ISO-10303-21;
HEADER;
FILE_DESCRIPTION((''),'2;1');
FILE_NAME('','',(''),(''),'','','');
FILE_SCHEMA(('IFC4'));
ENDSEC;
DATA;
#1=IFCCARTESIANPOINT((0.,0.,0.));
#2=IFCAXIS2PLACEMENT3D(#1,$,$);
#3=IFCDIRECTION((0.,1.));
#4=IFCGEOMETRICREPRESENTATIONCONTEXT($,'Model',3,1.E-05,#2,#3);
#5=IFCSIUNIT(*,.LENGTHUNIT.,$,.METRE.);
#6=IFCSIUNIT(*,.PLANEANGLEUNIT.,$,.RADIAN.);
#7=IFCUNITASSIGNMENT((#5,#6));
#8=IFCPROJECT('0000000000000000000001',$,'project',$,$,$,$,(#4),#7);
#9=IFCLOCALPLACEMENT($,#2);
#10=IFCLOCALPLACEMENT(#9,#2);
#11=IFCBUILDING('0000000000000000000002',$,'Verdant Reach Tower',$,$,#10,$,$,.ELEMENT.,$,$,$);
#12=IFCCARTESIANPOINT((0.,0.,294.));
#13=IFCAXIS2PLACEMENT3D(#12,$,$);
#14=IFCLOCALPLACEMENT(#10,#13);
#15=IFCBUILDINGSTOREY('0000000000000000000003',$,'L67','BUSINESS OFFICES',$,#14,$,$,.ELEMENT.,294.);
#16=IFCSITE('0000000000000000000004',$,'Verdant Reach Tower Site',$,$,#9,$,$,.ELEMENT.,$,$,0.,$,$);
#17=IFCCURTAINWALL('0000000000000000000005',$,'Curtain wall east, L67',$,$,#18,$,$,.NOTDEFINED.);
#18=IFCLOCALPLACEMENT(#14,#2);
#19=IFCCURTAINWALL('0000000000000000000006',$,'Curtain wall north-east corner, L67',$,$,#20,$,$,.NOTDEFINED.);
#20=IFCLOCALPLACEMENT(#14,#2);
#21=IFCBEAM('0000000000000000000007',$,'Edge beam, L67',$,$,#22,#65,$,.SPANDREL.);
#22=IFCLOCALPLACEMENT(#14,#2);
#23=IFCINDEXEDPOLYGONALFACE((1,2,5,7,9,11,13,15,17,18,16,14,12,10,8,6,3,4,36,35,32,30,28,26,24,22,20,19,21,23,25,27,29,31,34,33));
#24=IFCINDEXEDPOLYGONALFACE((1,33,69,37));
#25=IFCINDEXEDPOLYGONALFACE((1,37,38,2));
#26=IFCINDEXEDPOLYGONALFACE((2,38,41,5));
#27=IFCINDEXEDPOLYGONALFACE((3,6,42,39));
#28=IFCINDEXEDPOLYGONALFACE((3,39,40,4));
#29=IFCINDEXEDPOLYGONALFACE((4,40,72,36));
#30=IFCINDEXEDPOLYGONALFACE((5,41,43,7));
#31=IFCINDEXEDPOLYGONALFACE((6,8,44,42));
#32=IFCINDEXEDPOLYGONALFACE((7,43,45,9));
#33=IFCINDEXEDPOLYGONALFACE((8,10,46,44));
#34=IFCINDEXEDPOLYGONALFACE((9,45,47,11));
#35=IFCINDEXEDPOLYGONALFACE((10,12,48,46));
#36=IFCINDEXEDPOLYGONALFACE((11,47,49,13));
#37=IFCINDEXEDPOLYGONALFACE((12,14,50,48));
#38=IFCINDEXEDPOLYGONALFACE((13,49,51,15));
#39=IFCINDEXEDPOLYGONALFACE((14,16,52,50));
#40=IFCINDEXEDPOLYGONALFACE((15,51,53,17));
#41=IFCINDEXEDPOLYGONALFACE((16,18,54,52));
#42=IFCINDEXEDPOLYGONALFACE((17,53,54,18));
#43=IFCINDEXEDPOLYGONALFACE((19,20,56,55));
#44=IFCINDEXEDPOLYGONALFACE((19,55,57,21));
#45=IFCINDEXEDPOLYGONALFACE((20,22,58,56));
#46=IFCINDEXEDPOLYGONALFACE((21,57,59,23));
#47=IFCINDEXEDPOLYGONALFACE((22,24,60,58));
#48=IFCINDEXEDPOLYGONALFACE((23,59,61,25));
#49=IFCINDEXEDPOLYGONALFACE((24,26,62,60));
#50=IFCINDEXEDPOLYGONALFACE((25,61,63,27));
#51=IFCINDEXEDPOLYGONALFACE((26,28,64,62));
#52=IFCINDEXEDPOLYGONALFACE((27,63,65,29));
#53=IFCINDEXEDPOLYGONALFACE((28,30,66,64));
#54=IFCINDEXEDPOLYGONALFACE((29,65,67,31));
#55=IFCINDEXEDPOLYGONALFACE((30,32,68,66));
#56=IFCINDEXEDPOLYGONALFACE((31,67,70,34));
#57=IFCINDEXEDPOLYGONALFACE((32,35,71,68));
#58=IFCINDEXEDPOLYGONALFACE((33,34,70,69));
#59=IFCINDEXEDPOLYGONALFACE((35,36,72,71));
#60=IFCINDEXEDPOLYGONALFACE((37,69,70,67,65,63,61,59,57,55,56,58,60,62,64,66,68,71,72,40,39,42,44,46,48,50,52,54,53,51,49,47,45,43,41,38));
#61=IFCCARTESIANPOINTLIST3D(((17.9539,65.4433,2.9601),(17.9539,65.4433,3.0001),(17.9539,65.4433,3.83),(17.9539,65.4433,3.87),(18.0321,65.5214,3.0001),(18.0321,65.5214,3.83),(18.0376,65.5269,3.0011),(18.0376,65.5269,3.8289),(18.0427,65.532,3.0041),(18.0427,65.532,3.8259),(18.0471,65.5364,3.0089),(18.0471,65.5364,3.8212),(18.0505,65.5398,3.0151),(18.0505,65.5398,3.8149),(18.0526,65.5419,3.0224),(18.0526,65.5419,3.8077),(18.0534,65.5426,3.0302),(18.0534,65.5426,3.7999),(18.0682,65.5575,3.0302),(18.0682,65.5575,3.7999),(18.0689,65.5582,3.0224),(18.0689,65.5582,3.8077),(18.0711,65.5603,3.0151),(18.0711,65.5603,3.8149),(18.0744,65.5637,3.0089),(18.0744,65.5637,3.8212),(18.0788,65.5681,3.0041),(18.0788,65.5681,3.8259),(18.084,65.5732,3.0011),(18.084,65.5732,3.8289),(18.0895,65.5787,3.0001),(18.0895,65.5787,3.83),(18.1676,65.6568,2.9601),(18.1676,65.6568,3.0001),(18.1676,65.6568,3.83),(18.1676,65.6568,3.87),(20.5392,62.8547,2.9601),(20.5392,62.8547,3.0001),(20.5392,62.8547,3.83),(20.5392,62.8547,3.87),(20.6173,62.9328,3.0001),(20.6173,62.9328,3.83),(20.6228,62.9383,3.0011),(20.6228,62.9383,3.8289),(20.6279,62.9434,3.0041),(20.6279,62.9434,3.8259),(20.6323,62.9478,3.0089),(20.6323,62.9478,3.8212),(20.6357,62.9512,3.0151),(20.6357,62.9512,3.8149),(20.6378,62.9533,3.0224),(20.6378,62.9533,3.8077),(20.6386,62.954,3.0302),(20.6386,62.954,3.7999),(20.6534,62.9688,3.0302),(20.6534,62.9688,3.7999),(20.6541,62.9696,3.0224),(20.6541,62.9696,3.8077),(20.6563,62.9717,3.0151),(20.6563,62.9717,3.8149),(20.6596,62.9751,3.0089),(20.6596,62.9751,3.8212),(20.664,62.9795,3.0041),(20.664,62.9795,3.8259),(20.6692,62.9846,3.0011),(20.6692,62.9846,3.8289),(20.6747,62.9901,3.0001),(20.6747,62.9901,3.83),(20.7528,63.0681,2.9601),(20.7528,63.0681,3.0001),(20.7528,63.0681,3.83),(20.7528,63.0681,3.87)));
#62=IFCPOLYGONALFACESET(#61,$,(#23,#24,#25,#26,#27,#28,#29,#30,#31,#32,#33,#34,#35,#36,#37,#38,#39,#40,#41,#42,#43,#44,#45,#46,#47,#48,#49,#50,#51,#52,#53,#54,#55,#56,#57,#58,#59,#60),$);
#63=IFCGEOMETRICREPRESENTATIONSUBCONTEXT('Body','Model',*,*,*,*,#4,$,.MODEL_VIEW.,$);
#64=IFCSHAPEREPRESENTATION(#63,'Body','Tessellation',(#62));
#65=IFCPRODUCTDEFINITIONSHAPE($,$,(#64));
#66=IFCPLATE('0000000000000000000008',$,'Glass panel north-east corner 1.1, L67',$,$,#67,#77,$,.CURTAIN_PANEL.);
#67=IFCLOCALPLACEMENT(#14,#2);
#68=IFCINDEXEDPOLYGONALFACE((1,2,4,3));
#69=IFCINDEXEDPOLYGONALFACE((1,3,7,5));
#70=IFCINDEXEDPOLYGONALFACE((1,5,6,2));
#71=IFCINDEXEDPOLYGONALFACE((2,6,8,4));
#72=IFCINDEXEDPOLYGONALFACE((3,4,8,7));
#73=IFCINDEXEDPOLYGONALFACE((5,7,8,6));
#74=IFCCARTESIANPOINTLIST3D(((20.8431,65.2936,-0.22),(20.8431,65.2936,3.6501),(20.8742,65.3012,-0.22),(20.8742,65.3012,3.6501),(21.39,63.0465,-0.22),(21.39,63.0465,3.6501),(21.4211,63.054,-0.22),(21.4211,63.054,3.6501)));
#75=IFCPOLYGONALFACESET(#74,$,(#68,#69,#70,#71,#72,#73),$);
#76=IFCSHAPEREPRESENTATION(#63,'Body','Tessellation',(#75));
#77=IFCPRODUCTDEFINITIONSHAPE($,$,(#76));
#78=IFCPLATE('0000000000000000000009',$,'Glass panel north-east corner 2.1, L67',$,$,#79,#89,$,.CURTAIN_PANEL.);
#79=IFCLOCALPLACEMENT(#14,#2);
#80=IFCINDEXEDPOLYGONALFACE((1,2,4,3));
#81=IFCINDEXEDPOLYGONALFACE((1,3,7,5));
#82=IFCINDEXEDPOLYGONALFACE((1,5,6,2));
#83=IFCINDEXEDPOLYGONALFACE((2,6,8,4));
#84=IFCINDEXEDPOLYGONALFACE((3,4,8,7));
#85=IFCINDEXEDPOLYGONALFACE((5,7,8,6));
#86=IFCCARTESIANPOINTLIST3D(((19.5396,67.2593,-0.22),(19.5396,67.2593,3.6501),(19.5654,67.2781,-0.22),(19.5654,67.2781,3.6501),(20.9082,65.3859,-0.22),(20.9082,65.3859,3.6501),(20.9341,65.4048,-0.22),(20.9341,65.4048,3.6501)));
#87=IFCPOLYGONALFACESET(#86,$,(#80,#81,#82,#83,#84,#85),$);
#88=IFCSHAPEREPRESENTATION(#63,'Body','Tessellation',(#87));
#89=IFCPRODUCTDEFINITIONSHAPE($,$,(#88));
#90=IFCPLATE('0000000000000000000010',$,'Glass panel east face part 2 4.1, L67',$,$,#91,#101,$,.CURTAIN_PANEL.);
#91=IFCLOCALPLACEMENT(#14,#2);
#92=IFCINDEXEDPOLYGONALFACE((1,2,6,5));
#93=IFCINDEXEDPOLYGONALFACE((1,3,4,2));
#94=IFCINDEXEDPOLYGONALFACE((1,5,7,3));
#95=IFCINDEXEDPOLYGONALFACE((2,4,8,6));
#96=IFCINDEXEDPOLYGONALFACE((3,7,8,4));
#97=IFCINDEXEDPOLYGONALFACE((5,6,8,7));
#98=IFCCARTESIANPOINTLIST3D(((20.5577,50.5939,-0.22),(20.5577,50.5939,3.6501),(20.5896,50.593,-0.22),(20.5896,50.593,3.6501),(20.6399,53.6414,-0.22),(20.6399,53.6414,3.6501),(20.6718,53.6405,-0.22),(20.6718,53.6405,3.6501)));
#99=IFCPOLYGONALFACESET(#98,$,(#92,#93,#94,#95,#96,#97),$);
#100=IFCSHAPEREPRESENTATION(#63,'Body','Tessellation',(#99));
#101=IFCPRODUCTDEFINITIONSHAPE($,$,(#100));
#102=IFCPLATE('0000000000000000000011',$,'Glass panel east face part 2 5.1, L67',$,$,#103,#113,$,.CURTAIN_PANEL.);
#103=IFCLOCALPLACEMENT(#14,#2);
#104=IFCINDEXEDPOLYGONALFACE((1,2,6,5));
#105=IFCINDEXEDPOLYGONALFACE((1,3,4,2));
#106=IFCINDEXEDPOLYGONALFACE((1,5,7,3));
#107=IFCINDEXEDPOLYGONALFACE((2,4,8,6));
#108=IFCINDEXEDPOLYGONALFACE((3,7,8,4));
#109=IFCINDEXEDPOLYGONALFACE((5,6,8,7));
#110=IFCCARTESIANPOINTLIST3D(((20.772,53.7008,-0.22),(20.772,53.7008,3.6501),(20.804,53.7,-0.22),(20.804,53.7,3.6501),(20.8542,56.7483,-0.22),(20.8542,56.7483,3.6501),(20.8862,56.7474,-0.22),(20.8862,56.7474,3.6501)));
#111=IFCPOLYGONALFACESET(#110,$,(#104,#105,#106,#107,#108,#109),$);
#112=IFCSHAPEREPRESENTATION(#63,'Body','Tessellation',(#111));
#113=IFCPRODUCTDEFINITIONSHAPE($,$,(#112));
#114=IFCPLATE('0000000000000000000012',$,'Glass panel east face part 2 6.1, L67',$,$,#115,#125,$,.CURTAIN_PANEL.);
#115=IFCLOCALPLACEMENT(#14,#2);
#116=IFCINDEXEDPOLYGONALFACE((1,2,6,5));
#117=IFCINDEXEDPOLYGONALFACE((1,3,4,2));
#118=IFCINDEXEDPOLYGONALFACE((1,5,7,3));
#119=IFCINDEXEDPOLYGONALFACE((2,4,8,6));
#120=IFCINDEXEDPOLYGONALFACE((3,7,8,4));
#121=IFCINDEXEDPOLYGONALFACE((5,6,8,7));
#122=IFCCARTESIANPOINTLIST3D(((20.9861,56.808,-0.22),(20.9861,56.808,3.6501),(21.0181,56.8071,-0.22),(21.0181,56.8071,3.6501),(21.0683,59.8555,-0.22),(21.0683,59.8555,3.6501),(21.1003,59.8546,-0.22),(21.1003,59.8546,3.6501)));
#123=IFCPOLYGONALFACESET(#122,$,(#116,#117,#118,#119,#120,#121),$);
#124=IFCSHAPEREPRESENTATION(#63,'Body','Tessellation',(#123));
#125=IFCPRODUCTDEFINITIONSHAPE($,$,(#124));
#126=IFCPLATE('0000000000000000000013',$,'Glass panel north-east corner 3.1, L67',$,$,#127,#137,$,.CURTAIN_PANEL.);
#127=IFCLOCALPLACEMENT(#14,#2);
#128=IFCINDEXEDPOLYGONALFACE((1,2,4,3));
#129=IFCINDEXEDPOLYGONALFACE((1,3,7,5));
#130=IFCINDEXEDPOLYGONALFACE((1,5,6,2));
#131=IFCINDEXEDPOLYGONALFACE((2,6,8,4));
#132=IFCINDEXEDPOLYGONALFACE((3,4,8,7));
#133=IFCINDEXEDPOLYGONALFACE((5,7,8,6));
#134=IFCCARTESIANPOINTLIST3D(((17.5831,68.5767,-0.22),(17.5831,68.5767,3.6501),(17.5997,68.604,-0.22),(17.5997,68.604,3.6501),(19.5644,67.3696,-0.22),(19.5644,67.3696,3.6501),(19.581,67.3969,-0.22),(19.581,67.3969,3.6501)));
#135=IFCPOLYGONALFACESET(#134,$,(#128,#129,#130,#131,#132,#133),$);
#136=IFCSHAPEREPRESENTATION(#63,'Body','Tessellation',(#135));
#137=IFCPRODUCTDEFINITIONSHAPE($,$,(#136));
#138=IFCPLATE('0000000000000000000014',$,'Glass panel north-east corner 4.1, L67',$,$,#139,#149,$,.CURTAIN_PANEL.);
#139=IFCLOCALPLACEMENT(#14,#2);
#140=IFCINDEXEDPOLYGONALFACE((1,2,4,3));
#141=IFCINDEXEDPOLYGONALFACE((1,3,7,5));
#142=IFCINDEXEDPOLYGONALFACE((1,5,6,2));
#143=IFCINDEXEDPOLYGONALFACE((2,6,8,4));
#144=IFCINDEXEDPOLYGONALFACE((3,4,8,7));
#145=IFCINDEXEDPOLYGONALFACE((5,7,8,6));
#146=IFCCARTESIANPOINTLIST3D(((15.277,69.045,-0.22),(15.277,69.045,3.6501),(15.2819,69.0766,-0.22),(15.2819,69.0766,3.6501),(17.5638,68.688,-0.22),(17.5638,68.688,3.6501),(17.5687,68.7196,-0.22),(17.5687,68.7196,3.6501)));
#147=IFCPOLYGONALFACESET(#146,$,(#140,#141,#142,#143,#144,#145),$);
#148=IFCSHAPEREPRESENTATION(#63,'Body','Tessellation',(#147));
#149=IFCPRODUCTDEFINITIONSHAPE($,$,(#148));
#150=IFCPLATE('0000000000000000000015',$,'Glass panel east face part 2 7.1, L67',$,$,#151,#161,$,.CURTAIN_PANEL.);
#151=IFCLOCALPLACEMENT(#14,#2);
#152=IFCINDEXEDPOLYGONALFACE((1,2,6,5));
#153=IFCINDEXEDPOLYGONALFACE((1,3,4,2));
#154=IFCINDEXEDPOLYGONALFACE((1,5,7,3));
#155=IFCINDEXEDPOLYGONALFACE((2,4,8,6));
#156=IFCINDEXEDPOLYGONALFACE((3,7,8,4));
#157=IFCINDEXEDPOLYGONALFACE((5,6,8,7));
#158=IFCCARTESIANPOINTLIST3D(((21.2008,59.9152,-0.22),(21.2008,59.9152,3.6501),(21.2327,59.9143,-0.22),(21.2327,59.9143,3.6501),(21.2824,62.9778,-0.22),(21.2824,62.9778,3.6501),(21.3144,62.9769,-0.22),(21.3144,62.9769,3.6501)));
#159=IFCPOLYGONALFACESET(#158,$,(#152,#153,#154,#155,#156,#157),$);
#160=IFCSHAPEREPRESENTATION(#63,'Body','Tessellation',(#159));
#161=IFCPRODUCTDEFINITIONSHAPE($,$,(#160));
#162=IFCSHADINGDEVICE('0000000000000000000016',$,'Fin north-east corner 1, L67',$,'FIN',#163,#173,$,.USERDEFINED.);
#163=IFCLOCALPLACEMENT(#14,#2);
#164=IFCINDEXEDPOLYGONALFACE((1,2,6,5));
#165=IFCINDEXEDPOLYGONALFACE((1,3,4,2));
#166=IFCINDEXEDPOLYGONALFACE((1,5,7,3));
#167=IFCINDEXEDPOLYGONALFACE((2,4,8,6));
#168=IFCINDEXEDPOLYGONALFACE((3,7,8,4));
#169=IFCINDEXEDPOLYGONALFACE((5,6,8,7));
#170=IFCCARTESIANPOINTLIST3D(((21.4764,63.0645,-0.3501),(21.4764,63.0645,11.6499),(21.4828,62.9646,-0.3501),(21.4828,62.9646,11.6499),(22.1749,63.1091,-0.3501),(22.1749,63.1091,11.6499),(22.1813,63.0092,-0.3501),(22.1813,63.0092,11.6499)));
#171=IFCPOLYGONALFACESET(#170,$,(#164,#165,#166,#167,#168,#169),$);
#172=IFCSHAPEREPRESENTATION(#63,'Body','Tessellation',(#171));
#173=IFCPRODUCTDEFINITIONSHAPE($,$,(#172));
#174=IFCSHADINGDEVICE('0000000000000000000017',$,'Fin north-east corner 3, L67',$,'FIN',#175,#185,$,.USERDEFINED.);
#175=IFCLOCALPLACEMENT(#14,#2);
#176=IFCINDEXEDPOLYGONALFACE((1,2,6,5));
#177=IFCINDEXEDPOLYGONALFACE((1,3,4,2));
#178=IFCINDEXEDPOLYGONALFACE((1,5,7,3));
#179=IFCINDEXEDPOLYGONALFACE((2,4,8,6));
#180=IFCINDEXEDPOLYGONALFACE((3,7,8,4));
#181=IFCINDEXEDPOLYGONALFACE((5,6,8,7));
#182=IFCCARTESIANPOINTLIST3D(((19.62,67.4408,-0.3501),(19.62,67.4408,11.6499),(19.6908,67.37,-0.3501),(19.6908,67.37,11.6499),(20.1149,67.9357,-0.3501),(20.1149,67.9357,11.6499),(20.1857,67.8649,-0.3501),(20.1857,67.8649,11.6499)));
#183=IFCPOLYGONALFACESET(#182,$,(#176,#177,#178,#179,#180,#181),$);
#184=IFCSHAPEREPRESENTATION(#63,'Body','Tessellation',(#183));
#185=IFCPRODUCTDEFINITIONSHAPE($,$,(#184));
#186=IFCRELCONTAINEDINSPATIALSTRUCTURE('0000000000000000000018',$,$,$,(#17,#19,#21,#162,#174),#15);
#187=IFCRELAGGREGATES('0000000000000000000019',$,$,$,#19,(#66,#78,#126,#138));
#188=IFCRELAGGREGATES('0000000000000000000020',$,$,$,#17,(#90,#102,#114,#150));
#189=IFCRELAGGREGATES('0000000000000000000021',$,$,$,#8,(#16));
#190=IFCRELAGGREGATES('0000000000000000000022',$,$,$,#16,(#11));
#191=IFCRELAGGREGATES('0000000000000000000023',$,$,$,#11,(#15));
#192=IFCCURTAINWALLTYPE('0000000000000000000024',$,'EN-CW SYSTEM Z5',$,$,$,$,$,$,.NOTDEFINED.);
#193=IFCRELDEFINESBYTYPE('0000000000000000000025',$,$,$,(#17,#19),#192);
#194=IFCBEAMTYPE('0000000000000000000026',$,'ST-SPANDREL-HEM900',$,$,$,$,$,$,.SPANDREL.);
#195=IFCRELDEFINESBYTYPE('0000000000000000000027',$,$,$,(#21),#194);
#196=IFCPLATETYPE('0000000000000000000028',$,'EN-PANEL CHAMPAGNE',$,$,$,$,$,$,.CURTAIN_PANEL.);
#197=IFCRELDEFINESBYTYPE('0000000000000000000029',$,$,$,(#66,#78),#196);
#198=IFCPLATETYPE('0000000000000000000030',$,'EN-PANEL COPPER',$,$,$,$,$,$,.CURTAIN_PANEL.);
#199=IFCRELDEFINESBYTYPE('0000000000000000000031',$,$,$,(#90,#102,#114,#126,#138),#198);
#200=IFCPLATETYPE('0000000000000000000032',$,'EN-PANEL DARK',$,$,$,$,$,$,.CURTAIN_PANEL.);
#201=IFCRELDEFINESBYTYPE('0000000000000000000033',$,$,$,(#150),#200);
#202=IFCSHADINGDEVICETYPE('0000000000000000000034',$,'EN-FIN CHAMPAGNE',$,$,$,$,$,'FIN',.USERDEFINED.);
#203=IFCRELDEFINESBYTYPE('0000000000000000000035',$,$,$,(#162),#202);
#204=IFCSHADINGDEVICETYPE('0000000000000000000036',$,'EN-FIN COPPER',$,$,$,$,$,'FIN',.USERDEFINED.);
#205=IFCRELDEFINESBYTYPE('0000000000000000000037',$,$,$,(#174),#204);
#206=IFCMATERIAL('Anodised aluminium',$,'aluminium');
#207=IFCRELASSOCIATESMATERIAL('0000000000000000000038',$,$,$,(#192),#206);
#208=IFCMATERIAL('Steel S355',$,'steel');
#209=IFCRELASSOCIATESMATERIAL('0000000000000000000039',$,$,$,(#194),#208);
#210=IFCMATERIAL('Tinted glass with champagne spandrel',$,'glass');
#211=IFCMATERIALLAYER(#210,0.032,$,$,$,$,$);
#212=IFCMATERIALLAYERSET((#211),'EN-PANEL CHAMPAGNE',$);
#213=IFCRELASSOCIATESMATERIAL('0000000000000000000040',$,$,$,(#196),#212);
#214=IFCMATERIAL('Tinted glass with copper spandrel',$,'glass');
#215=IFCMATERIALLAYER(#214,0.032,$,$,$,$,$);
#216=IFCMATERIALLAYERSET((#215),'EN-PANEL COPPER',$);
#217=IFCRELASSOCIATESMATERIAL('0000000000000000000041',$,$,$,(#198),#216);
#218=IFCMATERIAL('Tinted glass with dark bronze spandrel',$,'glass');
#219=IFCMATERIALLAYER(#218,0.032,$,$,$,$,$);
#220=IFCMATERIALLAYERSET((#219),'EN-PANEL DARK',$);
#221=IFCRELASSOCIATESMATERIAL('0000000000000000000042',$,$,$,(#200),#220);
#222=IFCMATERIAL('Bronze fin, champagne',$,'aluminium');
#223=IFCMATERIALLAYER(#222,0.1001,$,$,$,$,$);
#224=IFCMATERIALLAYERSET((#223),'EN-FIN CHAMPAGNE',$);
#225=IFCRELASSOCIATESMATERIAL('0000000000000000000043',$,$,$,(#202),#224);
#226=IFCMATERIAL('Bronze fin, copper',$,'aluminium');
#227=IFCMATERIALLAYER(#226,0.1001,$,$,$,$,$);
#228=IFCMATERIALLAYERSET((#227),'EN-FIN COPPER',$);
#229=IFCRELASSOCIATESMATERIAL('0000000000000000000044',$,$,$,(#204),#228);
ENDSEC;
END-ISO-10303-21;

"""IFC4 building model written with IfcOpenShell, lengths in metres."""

from ifc_helpers import new_model, si_unit, direction, frame, origin, origin_2d, place, context, subcontext, project, spatial, rectangle, i_section, extrude, material, layer, layer_set, material_profile, profile_set, type_object, element, aggregate, save


model = new_model("IFC4")

# Units and contexts
model_context = context("Model", 3, precision=1e-05, world=origin(), true_north=direction((0.0, 1.0)))
body_context = subcontext(model_context, "Body", "Model", "MODEL_VIEW")
ifc_project = project(units=[si_unit("LENGTHUNIT", "METRE"), si_unit("PLANEANGLEUNIT", "RADIAN")], contexts=[model_context])

# Site, building, storey
site_placement = place(None, origin())
site = spatial("IfcSite", under=ifc_project, at=site_placement, Name="Verdant Reach Tower Site", CompositionType="ELEMENT", RefElevation=0.0)
building_placement = place(site_placement, origin())
building = spatial("IfcBuilding", under=site, at=building_placement, Name="Verdant Reach Tower", CompositionType="ELEMENT")
storey_placement = place(building_placement, frame((0.0, 0.0, 294.0)))
storey = spatial("IfcBuildingStorey", under=building, at=storey_placement, Name="L67", Description="BUSINESS OFFICES", CompositionType="ELEMENT", Elevation=294.0)

# Curtain walls
ifc_material_1 = material(Name="Anodised aluminium", Category="aluminium")
curtain_wall_type = type_object("IfcCurtainWallType", Name="EN-CW SYSTEM Z5", PredefinedType="NOTDEFINED", material=ifc_material_1)
curtain_wall_1_placement = place(storey_placement, origin())
curtain_wall_1 = element("IfcCurtainWall", 1, at=curtain_wall_1_placement, inside=storey, type_object=curtain_wall_type, Name="Curtain wall east, L67", PredefinedType="NOTDEFINED")
curtain_wall_2_placement = place(storey_placement, origin())
curtain_wall_2 = element("IfcCurtainWall", 2, at=curtain_wall_2_placement, inside=storey, type_object=curtain_wall_type, Name="Curtain wall north-east corner, L67", PredefinedType="NOTDEFINED")

# Beam
ifc_material_2 = material(Name="Steel S355", Category="steel")
ifc_material_profile_1 = material_profile(ifc_material_2, i_section(OverallWidth=0.302, OverallDepth=0.9099, WebThickness=0.021, FlangeThickness=0.04, FilletRadius=0.03, at=origin_2d()), Name="HEM 900")
ifc_profile_set_1 = profile_set([ifc_material_profile_1], Name="Steel S355")
beam_type_1 = type_object("IfcBeamType", Name="ST-SPANDREL-HEM900", PredefinedType="SPANDREL", material=ifc_profile_set_1)
beam_1_placement = place(storey_placement, frame((18.0608, 65.55, 3.415), z_axis=(0.706639, -0.707574, 0.0), x_axis=(0.707574, 0.706639, 0.0)))
element("IfcBeam", 3, at=beam_1_placement, inside=storey, type_object=beam_type_1, Name="Edge beam, L67", PredefinedType="SPANDREL", context=body_context, shape_type="SweptSolid", body=[
    extrude(i_section(OverallWidth=0.302, OverallDepth=0.9099, WebThickness=0.021, FlangeThickness=0.04, FilletRadius=0.03, at=origin_2d()), origin(), (0.0, 0.0, 1.0), 3.6584),
])

# Plates
ifc_material_3 = material(Name="Tinted glass with champagne spandrel", Category="glass")
ifc_layer_1 = layer(ifc_material_3, 0.032)
ifc_layer_set_1 = layer_set([ifc_layer_1], Name="EN-PANEL CHAMPAGNE")
plate_type_1 = type_object("IfcPlateType", Name="EN-PANEL CHAMPAGNE", PredefinedType="CURTAIN_PANEL", material=ifc_layer_set_1)
plate_1_placement = place(storey_placement, frame((21.1321, 64.1738, -0.22), z_axis=(0.0, 0.0, 1.0), x_axis=(-0.236471, 0.971638, 0.0)))
plate_1 = element("IfcPlate", 4, at=plate_1_placement, type_object=plate_type_1, Name="Glass panel north-east corner 1.1, L67", PredefinedType="CURTAIN_PANEL", context=body_context, shape_type="SweptSolid", body=[
    extrude(rectangle(XDim=2.3127, YDim=0.032, at=origin_2d()), origin(), (0.0, 0.0, 1.0), 3.8701),
])
plate_2_placement = place(storey_placement, frame((20.2368, 66.332, -0.22), z_axis=(0.0, 0.0, 1.0), x_axis=(-0.589927, 0.807457, 0.0)))
plate_2 = element("IfcPlate", 5, at=plate_2_placement, type_object=plate_type_1, Name="Glass panel north-east corner 2.1, L67", PredefinedType="CURTAIN_PANEL", context=body_context, shape_type="SweptSolid", body=[
    extrude(rectangle(XDim=2.3201, YDim=0.032, at=origin_2d()), origin(), (0.0, 0.0, 1.0), 3.8701),
])
ifc_material_4 = material(Name="Tinted glass with copper spandrel", Category="glass")
ifc_layer_2 = layer(ifc_material_4, 0.032)
ifc_layer_set_2 = layer_set([ifc_layer_2], Name="EN-PANEL COPPER")
plate_type_2 = type_object("IfcPlateType", Name="EN-PANEL COPPER", PredefinedType="CURTAIN_PANEL", material=ifc_layer_set_2)
plate_3_placement = place(storey_placement, frame((20.6147, 52.1172, -0.22), z_axis=(0.0, 0.0, 1.0), x_axis=(0.026965, 0.999636, 0.0)))
plate_3 = element("IfcPlate", 6, at=plate_3_placement, type_object=plate_type_2, Name="Glass panel east face part 2 4.1, L67", PredefinedType="CURTAIN_PANEL", context=body_context, shape_type="SweptSolid", body=[
    extrude(rectangle(XDim=3.0486, YDim=0.032, at=origin_2d()), origin(), (0.0, 0.0, 1.0), 3.8701),
])
plate_4_placement = place(storey_placement, frame((20.8291, 55.2241, -0.22), z_axis=(0.0, 0.0, 1.0), x_axis=(0.026965, 0.999636, 0.0)))
plate_4 = element("IfcPlate", 7, at=plate_4_placement, type_object=plate_type_2, Name="Glass panel east face part 2 5.1, L67", PredefinedType="CURTAIN_PANEL", context=body_context, shape_type="SweptSolid", body=[
    extrude(rectangle(XDim=3.0486, YDim=0.032, at=origin_2d()), origin(), (0.0, 0.0, 1.0), 3.8701),
])
plate_5_placement = place(storey_placement, frame((21.0432, 58.3313, -0.22), z_axis=(0.0, 0.0, 1.0), x_axis=(0.026965, 0.999636, 0.0)))
plate_5 = element("IfcPlate", 8, at=plate_5_placement, type_object=plate_type_2, Name="Glass panel east face part 2 6.1, L67", PredefinedType="CURTAIN_PANEL", context=body_context, shape_type="SweptSolid", body=[
    extrude(rectangle(XDim=3.0486, YDim=0.032, at=origin_2d()), origin(), (0.0, 0.0, 1.0), 3.8701),
])
plate_6_placement = place(storey_placement, frame((18.582, 67.9868, -0.22), z_axis=(0.0, 0.0, 1.0), x_axis=(-0.853989, 0.520292, 0.0)))
plate_6 = element("IfcPlate", 9, at=plate_6_placement, type_object=plate_type_2, Name="Glass panel north-east corner 3.1, L67", PredefinedType="CURTAIN_PANEL", context=body_context, shape_type="SweptSolid", body=[
    extrude(rectangle(XDim=2.3201, YDim=0.032, at=origin_2d()), origin(), (0.0, 0.0, 1.0), 3.8701),
])
plate_7_placement = place(storey_placement, frame((16.4229, 68.8823, -0.22), z_axis=(0.0, 0.0, 1.0), x_axis=(-0.988033, 0.15424, 0.0)))
plate_7 = element("IfcPlate", 10, at=plate_7_placement, type_object=plate_type_2, Name="Glass panel north-east corner 4.1, L67", PredefinedType="CURTAIN_PANEL", context=body_context, shape_type="SweptSolid", body=[
    extrude(rectangle(XDim=2.3145, YDim=0.032, at=origin_2d()), origin(), (0.0, 0.0, 1.0), 3.8701),
])
aggregate(curtain_wall_2, [plate_1, plate_2, plate_6, plate_7])
ifc_material_5 = material(Name="Tinted glass with dark bronze spandrel", Category="glass")
ifc_layer_3 = layer(ifc_material_5, 0.032)
ifc_layer_set_3 = layer_set([ifc_layer_3], Name="EN-PANEL DARK")
plate_type_3 = type_object("IfcPlateType", Name="EN-PANEL DARK", PredefinedType="CURTAIN_PANEL", material=ifc_layer_set_3)
plate_8_placement = place(storey_placement, frame((21.2576, 61.446, -0.22), z_axis=(0.0, 0.0, 1.0), x_axis=(0.026643, 0.999645, 0.0)))
plate_8 = element("IfcPlate", 11, at=plate_8_placement, type_object=plate_type_3, Name="Glass panel east face part 2 7.1, L67", PredefinedType="CURTAIN_PANEL", context=body_context, shape_type="SweptSolid", body=[
    extrude(rectangle(XDim=3.0637, YDim=0.032, at=origin_2d()), origin(), (0.0, 0.0, 1.0), 3.8701),
])
aggregate(curtain_wall_1, [plate_3, plate_4, plate_5, plate_8])

# Shading devices
ifc_material_6 = material(Name="Bronze fin, champagne", Category="aluminium")
ifc_layer_4 = layer(ifc_material_6, 0.1001)
ifc_layer_set_4 = layer_set([ifc_layer_4], Name="EN-FIN CHAMPAGNE")
shading_device_type_1 = type_object("IfcShadingDeviceType", Name="EN-FIN CHAMPAGNE", ElementType="FIN", PredefinedType="USERDEFINED", material=ifc_layer_set_4)
shading_device_1_placement = place(storey_placement, frame((21.8289, 63.0369, -0.3501), z_axis=(0.0, 0.0, 1.0), x_axis=(-0.063699, 0.997969, 0.0)))
element("IfcShadingDevice", 12, at=shading_device_1_placement, inside=storey, type_object=shading_device_type_1, Name="Fin north-east corner 1, L67", ObjectType="FIN", PredefinedType="USERDEFINED", context=body_context, shape_type="SweptSolid", body=[
    extrude(rectangle(XDim=0.1001, YDim=0.7, at=origin_2d()), origin(), (0.0, 0.0, 1.0), 12.0),
])
ifc_material_7 = material(Name="Bronze fin, copper", Category="aluminium")
ifc_layer_5 = layer(ifc_material_7, 0.1001)
ifc_layer_set_5 = layer_set([ifc_layer_5], Name="EN-FIN COPPER")
shading_device_type_2 = type_object("IfcShadingDeviceType", Name="EN-FIN COPPER", ElementType="FIN", PredefinedType="USERDEFINED", material=ifc_layer_set_5)
shading_device_2_placement = place(storey_placement, frame((19.9028, 67.6528, -0.3501), z_axis=(0.0, 0.0, 1.0), x_axis=(-0.707107, 0.707107, 0.0)))
element("IfcShadingDevice", 13, at=shading_device_2_placement, inside=storey, type_object=shading_device_type_2, Name="Fin north-east corner 3, L67", ObjectType="FIN", PredefinedType="USERDEFINED", context=body_context, shape_type="SweptSolid", body=[
    extrude(rectangle(XDim=0.1001, YDim=0.7, at=origin_2d()), origin(), (0.0, 0.0, 1.0), 12.0),
])

save(model, "model.ifc")
